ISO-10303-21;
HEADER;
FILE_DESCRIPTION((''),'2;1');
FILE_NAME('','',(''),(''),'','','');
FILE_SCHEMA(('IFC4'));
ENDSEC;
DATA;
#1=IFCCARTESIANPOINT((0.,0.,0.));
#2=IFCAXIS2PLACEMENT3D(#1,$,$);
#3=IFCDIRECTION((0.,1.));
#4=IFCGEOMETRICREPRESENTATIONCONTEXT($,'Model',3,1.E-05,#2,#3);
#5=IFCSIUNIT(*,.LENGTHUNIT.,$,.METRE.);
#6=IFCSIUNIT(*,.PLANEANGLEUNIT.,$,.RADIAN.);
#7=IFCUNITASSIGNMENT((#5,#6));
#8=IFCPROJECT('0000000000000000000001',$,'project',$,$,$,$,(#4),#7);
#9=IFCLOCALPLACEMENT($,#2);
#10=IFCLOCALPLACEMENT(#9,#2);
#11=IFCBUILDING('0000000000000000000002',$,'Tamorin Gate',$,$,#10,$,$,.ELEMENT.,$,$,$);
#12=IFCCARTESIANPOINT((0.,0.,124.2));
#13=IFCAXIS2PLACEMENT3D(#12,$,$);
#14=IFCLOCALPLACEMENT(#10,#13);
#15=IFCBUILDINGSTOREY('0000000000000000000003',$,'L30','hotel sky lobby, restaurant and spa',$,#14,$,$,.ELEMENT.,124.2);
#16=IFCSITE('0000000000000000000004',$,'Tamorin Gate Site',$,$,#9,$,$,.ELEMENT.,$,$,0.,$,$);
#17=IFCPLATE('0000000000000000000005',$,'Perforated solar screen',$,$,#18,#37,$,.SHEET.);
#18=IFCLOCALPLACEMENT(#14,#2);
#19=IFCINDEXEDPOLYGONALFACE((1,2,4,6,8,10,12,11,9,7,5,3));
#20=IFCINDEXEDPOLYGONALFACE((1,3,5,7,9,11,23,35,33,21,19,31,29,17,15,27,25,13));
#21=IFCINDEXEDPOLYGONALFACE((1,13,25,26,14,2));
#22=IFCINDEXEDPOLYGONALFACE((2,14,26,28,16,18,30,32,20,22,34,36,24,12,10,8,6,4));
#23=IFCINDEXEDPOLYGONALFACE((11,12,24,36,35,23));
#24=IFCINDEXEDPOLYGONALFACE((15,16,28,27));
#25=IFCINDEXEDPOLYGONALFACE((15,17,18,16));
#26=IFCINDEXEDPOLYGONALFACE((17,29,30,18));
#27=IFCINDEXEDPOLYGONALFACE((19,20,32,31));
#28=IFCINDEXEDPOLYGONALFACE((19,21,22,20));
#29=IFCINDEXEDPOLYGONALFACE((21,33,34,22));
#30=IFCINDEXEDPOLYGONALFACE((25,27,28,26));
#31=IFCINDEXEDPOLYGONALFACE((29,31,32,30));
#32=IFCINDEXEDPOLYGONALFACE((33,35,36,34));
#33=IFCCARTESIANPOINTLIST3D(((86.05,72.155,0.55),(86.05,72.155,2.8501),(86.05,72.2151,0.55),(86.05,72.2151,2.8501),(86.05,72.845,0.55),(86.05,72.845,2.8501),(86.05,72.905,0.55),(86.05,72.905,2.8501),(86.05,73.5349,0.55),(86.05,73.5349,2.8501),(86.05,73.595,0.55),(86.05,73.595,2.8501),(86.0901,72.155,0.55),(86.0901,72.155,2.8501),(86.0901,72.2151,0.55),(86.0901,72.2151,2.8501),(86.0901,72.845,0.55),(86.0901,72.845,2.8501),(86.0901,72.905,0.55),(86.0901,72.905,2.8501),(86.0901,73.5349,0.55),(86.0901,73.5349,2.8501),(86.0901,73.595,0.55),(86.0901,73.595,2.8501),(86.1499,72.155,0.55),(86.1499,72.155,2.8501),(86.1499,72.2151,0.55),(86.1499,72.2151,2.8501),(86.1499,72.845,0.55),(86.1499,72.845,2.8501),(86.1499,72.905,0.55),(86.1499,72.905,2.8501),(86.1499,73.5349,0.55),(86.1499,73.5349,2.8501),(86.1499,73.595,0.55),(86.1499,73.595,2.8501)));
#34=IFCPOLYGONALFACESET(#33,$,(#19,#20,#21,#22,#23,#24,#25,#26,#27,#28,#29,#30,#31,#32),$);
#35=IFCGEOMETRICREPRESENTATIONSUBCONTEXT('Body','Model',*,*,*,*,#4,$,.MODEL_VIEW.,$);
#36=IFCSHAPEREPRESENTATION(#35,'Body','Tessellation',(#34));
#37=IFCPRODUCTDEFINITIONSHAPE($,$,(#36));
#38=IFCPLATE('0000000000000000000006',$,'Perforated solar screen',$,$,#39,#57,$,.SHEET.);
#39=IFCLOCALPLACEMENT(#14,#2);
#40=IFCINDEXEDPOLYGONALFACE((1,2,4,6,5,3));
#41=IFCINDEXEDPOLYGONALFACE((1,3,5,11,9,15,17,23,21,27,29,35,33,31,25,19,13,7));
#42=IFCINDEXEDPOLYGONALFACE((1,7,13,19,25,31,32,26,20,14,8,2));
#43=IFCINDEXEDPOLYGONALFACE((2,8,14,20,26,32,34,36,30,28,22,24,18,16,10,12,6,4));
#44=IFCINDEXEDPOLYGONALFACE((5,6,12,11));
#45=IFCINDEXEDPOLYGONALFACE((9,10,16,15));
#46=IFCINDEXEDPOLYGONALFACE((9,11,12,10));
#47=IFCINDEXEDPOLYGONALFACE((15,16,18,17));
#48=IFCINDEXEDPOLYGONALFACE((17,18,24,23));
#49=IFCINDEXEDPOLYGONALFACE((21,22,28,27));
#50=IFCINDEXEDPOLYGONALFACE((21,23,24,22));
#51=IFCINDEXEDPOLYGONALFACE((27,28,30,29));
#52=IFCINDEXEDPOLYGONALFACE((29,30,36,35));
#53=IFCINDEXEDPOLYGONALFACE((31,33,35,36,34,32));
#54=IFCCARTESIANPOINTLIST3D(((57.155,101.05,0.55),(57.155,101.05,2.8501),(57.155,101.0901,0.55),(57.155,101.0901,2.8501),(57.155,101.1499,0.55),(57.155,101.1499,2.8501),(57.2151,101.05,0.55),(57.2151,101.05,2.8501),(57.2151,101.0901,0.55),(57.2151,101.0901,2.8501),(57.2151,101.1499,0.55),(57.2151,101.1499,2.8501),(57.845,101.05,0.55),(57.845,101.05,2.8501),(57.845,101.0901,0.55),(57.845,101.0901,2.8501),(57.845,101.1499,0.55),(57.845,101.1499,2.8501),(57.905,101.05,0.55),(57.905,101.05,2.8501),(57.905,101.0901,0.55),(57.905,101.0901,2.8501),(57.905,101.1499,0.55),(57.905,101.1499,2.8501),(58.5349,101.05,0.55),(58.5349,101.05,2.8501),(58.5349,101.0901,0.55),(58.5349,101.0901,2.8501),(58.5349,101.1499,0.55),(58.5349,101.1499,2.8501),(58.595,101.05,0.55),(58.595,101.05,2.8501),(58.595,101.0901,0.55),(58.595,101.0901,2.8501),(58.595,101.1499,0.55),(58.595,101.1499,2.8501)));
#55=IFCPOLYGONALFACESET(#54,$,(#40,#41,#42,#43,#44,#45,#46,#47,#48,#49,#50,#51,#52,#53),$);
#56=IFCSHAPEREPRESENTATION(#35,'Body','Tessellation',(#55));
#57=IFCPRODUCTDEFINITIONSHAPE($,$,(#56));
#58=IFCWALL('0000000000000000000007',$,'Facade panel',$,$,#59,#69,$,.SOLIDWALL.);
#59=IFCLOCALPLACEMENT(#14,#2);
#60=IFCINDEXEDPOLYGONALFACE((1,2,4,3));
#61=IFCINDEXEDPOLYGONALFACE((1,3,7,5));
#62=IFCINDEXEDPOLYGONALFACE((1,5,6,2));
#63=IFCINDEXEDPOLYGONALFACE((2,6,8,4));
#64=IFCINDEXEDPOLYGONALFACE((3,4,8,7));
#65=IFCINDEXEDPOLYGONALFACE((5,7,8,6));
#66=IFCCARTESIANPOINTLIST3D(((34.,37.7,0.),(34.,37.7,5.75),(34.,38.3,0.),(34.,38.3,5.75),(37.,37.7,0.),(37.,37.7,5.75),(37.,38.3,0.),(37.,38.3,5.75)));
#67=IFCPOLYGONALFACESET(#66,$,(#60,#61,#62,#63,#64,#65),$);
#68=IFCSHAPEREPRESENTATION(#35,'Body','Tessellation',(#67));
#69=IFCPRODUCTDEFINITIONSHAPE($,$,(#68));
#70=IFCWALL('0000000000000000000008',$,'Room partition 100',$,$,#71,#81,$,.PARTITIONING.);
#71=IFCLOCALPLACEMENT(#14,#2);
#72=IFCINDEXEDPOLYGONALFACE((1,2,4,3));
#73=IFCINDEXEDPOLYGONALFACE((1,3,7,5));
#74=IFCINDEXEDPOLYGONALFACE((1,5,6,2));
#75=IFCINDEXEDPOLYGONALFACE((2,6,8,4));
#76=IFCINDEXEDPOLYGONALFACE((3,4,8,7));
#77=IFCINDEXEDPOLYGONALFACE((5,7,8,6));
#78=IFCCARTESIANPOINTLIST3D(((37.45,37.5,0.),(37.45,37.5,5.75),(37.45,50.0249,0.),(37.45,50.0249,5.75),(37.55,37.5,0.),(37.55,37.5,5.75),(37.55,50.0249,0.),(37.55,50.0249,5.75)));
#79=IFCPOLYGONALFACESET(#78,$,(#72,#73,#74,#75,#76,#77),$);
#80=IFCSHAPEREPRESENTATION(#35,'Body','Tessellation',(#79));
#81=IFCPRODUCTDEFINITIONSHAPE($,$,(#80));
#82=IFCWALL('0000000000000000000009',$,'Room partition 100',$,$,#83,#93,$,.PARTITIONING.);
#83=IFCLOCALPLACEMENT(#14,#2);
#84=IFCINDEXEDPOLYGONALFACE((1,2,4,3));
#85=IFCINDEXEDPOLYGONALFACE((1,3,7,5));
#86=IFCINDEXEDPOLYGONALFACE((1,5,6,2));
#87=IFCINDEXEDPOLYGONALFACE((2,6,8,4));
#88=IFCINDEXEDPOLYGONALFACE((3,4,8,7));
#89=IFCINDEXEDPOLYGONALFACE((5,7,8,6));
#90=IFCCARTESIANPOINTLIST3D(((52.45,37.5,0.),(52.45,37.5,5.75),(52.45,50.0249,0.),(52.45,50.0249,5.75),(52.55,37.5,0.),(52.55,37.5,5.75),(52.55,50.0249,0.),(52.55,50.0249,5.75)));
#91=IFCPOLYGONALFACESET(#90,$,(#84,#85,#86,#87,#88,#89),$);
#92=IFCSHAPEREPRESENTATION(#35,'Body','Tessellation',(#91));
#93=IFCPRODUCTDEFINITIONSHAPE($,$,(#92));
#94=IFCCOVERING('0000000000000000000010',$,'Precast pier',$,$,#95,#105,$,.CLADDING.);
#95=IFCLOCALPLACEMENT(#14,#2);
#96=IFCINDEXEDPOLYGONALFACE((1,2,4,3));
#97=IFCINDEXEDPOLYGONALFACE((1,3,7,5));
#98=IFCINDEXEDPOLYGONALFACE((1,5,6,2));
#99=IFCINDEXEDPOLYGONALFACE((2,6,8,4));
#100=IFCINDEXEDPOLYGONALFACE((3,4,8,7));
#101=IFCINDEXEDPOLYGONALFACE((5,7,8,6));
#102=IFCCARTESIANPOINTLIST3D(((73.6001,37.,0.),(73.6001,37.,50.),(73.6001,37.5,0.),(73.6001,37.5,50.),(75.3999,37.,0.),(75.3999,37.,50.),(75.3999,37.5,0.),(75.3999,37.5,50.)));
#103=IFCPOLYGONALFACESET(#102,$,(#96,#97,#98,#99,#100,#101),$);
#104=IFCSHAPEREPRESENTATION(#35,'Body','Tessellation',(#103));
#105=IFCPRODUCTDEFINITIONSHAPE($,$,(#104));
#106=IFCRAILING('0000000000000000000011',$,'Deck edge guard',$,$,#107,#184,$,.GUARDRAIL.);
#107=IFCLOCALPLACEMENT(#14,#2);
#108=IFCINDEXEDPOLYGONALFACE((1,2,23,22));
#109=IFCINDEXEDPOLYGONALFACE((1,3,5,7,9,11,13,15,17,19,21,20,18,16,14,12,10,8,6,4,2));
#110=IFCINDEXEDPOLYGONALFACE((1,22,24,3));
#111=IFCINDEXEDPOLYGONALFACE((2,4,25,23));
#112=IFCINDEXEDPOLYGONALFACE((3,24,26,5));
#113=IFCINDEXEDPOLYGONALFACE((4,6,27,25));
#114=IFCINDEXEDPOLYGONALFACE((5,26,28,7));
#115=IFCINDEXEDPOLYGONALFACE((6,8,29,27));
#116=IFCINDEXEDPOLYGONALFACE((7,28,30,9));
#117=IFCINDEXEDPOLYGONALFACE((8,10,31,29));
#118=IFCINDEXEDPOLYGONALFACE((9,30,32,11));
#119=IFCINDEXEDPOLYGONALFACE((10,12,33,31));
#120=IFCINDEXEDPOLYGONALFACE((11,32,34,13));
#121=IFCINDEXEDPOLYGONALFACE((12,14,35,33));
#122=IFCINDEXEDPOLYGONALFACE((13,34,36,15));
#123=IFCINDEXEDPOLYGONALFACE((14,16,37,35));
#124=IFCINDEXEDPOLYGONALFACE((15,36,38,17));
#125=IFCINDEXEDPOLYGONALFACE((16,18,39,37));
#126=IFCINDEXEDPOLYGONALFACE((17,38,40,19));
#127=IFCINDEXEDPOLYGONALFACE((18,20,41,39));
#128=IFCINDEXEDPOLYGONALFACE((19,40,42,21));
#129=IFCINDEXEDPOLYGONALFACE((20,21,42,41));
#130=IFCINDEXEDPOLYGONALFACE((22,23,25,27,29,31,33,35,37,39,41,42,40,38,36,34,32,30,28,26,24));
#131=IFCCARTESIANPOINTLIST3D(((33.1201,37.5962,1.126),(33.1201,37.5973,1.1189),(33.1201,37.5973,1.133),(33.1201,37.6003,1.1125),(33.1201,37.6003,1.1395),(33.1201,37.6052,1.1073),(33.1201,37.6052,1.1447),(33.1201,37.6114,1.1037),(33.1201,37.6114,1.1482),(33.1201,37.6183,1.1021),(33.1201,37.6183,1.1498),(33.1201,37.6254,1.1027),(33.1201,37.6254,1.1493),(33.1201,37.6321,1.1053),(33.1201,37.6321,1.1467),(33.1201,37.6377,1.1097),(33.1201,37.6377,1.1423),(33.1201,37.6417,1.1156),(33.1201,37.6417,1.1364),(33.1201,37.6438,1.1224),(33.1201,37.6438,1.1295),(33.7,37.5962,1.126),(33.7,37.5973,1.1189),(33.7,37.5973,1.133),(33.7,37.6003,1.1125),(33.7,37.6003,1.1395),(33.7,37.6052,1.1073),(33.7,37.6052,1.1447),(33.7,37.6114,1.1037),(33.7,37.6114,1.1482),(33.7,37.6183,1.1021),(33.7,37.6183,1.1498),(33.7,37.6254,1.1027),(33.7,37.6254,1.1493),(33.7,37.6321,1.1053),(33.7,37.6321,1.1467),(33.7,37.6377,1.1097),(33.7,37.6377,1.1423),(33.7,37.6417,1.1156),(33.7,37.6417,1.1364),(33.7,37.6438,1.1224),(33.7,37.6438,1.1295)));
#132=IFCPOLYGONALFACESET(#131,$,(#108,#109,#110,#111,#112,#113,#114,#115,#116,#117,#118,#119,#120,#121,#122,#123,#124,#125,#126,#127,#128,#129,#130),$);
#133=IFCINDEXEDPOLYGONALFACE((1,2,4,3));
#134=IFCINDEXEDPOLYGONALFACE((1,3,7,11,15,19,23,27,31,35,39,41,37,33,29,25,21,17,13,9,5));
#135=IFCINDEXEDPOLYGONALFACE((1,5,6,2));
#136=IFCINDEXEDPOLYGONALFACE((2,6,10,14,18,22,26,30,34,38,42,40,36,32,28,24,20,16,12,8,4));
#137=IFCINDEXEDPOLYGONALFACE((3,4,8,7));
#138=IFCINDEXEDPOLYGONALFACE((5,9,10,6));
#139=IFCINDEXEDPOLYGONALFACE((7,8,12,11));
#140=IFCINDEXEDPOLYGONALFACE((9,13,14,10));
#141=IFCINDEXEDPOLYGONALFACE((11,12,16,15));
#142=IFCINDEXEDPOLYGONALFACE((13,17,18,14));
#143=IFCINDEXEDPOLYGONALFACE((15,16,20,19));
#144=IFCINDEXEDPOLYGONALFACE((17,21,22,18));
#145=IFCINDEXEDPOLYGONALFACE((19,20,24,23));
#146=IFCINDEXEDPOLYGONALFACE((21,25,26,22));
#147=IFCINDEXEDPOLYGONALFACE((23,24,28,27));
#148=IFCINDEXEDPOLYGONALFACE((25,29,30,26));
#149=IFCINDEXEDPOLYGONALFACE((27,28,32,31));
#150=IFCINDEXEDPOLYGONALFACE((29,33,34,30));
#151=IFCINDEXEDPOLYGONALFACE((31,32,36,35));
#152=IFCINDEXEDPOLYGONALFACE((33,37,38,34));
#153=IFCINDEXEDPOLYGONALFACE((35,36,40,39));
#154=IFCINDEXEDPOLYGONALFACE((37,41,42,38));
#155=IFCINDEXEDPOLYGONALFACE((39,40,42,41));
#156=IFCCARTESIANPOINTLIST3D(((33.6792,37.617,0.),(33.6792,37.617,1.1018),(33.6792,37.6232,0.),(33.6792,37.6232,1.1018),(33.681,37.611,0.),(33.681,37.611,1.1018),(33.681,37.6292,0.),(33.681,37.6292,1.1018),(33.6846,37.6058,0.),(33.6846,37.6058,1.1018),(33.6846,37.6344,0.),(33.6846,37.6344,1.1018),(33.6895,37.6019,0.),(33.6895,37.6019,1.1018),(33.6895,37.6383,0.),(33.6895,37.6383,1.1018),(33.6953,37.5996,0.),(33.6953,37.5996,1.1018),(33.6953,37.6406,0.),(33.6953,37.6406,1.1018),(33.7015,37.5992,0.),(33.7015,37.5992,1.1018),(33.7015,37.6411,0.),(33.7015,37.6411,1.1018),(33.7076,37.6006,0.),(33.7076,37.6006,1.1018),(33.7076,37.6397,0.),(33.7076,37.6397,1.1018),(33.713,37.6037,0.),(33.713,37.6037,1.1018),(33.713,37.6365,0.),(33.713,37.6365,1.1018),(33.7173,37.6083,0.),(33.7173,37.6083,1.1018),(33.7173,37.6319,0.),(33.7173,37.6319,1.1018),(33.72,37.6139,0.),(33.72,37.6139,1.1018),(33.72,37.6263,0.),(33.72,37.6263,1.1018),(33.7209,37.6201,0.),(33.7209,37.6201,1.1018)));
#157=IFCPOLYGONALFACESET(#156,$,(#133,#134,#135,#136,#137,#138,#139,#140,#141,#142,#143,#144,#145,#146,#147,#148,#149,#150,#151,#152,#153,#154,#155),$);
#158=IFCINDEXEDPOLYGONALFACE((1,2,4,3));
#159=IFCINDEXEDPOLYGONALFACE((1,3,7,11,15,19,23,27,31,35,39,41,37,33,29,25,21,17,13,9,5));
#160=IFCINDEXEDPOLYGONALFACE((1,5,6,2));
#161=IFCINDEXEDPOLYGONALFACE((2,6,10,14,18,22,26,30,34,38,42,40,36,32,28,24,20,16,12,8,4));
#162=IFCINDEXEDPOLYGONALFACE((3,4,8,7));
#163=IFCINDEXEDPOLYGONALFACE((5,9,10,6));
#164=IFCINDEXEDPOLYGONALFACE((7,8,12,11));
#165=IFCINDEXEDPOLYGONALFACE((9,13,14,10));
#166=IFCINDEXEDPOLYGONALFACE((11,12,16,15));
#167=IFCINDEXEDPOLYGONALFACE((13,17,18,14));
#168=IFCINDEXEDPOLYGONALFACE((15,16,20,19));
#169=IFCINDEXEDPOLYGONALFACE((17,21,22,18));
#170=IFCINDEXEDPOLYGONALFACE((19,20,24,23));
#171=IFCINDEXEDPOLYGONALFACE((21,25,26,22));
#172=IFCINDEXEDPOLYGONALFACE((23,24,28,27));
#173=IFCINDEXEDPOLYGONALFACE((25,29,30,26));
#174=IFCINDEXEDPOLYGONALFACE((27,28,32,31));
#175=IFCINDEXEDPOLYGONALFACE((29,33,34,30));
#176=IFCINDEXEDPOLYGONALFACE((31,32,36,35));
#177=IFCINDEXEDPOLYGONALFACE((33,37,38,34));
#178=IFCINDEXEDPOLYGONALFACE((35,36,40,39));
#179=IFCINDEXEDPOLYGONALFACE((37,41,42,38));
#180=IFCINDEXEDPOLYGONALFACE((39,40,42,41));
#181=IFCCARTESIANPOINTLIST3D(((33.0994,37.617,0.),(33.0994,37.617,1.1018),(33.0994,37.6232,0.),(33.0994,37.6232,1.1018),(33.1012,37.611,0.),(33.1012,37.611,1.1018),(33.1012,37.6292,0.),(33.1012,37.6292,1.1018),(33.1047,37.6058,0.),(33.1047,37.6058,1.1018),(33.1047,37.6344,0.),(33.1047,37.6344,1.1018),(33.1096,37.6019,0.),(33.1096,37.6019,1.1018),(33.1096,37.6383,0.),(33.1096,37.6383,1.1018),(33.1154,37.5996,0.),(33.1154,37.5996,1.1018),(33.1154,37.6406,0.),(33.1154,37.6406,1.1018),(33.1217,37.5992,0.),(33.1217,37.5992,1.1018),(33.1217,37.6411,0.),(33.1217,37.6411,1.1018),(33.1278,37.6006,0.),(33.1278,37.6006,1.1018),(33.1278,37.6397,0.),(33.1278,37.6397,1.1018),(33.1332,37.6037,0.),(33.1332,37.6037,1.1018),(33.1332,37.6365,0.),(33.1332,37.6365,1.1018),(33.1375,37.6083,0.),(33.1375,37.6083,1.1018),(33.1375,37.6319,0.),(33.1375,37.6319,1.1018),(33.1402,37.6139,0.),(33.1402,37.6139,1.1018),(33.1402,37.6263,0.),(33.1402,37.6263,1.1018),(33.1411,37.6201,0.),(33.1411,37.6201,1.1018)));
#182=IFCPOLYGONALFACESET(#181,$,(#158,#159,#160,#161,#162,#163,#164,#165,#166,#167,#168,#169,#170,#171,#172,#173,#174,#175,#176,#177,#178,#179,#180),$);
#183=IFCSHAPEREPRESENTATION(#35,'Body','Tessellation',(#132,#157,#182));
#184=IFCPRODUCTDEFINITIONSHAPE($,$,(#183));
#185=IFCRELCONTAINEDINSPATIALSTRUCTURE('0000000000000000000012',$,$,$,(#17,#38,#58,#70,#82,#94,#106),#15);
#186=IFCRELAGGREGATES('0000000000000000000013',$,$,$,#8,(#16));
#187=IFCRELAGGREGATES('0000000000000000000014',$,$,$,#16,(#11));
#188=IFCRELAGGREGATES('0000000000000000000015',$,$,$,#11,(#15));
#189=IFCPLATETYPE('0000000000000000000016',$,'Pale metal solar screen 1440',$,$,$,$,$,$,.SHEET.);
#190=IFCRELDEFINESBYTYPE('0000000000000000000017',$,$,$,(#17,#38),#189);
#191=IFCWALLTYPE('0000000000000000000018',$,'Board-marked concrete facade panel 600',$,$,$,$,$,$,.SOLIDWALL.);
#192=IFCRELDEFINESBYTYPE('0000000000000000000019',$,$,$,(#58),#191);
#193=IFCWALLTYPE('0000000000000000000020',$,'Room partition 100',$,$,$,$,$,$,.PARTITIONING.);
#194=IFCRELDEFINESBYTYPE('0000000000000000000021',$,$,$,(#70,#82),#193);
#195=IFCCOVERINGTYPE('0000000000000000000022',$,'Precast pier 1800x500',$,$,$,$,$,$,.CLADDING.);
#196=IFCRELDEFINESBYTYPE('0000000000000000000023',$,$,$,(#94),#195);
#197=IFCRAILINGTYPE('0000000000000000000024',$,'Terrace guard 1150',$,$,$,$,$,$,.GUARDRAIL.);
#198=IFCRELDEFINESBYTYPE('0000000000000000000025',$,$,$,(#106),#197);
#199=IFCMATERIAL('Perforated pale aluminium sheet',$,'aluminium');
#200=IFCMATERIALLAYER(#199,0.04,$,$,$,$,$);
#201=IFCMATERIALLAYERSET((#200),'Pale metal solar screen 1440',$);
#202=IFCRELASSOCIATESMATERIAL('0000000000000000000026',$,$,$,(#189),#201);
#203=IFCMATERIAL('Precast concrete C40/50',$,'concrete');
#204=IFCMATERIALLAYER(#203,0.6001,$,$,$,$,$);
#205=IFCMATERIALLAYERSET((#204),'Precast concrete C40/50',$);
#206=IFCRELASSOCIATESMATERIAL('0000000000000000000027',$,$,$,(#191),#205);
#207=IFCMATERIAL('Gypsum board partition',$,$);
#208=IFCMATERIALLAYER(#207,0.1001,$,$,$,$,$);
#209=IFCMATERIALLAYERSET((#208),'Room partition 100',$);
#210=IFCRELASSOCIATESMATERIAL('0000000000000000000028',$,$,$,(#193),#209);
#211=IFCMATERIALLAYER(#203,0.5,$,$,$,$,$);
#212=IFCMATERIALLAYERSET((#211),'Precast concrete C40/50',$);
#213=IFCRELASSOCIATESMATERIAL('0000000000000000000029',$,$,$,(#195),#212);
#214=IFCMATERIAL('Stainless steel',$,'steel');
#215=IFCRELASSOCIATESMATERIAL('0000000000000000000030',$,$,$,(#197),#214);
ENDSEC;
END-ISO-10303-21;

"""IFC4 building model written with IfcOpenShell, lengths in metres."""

from ifc_helpers import new_model, si_unit, direction, frame, frame_2d, origin, origin_2d, place, context, subcontext, project, spatial, polyline, rectangle, circle, outline, extrude, material, layer, layer_set, type_object, element, save


model = new_model("IFC4")

# Units and contexts
model_context = context("Model", 3, precision=1e-05, world=origin(), true_north=direction((0.0, 1.0)))
body_context = subcontext(model_context, "Body", "Model", "MODEL_VIEW")
ifc_project = project(units=[si_unit("LENGTHUNIT", "METRE"), si_unit("PLANEANGLEUNIT", "RADIAN")], contexts=[model_context])

# Site, building, storey
site_placement = place(None, origin())
site = spatial("IfcSite", under=ifc_project, at=site_placement, Name="Tamorin Gate Site", CompositionType="ELEMENT", RefElevation=0.0)
building_placement = place(site_placement, origin())
building = spatial("IfcBuilding", under=site, at=building_placement, Name="Tamorin Gate", CompositionType="ELEMENT")
storey_placement = place(building_placement, frame((0.0, 0.0, 124.2)))
storey = spatial("IfcBuildingStorey", under=building, at=storey_placement, Name="L30", Description="hotel sky lobby, restaurant and spa", CompositionType="ELEMENT", Elevation=124.2)

# Plates
ifc_material_1 = material(Name="Perforated pale aluminium sheet", Category="aluminium")
ifc_layer_1 = layer(ifc_material_1, 0.04)
ifc_layer_set_1 = layer_set([ifc_layer_1], Name="Pale metal solar screen 1440")
plate_type_1 = type_object("IfcPlateType", Name="Pale metal solar screen 1440", PredefinedType="SHEET", material=ifc_layer_set_1)
plate_1_placement = place(storey_placement, frame((0.0, 0.0, 0.55)))
element("IfcPlate", 1, at=plate_1_placement, inside=storey, type_object=plate_type_1, Name="Perforated solar screen", PredefinedType="SHEET", context=body_context, shape_type="SweptSolid", body=[
    extrude(outline(polyline([(86.0901, 72.155), (86.05, 72.155), (86.05, 72.2151), (86.05, 72.845), (86.05, 72.905), (86.05, 73.5349), (86.05, 73.595), (86.0901, 73.595), (86.1499, 73.595), (86.1499, 73.5349), (86.0901, 73.5349), (86.0901, 72.905), (86.1499, 72.905), (86.1499, 72.845), (86.0901, 72.845), (86.0901, 72.2151), (86.1499, 72.2151), (86.1499, 72.155), (86.0901, 72.155)])), origin(), (0.0, 0.0, 1.0), 2.3),
])
plate_2_placement = place(storey_placement, frame((0.0, 0.0, 0.55)))
element("IfcPlate", 2, at=plate_2_placement, inside=storey, type_object=plate_type_1, Name="Perforated solar screen", PredefinedType="SHEET", context=body_context, shape_type="SweptSolid", body=[
    extrude(outline(polyline([(58.595, 101.0901), (58.595, 101.05), (58.5349, 101.05), (57.905, 101.05), (57.845, 101.05), (57.2151, 101.05), (57.155, 101.05), (57.155, 101.0901), (57.155, 101.1499), (57.2151, 101.1499), (57.2151, 101.0901), (57.845, 101.0901), (57.845, 101.1499), (57.905, 101.1499), (57.905, 101.0901), (58.5349, 101.0901), (58.5349, 101.1499), (58.595, 101.1499), (58.595, 101.0901)])), origin(), (0.0, 0.0, 1.0), 2.3),
])

# Walls
ifc_material_2 = material(Name="Precast concrete C40/50", Category="concrete")
ifc_layer_2 = layer(ifc_material_2, 0.6001)
ifc_layer_set_2 = layer_set([ifc_layer_2], Name="Precast concrete C40/50")
wall_type_1 = type_object("IfcWallType", Name="Board-marked concrete facade panel 600", PredefinedType="SOLIDWALL", material=ifc_layer_set_2)
wall_placement = place(storey_placement, frame((34.0, 38.0, 0.0), z_axis=(0.0, 0.0, 1.0), x_axis=(1.0, 0.0, 0.0)))
element("IfcWall", 3, at=wall_placement, inside=storey, type_object=wall_type_1, Name="Facade panel", PredefinedType="SOLIDWALL", context=body_context, shape_type="SweptSolid", body=[
    extrude(rectangle(XDim=3.0, YDim=0.6001, at=frame_2d((1.5, 0.0))), origin(), (0.0, 0.0, 1.0), 5.75),
])
ifc_material_3 = material(Name="Gypsum board partition")
ifc_layer_3 = layer(ifc_material_3, 0.1001)
ifc_layer_set_3 = layer_set([ifc_layer_3], Name="Room partition 100")
wall_type_2 = type_object("IfcWallType", Name="Room partition 100", PredefinedType="PARTITIONING", material=ifc_layer_set_3)
for number, where, z_axis, x_axis, name in (
    (4, (37.5, 37.5, 0.0), (0.0, 0.0, 1.0), (0.0, 1.0, 0.0), "Room partition 100"),
    (5, (52.5, 37.5, 0.0), (0.0, 0.0, 1.0), (0.0, 1.0, 0.0), "Room partition 100"),
):
    element("IfcWall", number, at=place(storey_placement, frame(where, z_axis=z_axis, x_axis=x_axis)), inside=storey, type_object=wall_type_2, Name=name, PredefinedType="PARTITIONING", context=body_context, shape_type="SweptSolid", body=[
        extrude(rectangle(XDim=12.5249, YDim=0.1001, at=frame_2d((6.2625, 0.0))), origin(), (0.0, 0.0, 1.0), 5.75),
    ])

# Covering
ifc_layer_4 = layer(ifc_material_2, 0.5)
ifc_layer_set_4 = layer_set([ifc_layer_4], Name="Precast concrete C40/50")
covering_type = type_object("IfcCoveringType", Name="Precast pier 1800x500", PredefinedType="CLADDING", material=ifc_layer_set_4)
covering_placement = place(storey_placement, origin())
element("IfcCovering", 6, at=covering_placement, inside=storey, type_object=covering_type, Name="Precast pier", PredefinedType="CLADDING", context=body_context, shape_type="SweptSolid", body=[
    extrude(outline(polyline([(73.6001, 37.5), (75.3999, 37.5), (75.3999, 37.0), (73.6001, 37.0), (73.6001, 37.5)])), origin(), (0.0, 0.0, 1.0), 50.0),
])

# Railing
ifc_material_4 = material(Name="Stainless steel", Category="steel")
railing_type = type_object("IfcRailingType", Name="Terrace guard 1150", PredefinedType="GUARDRAIL", material=ifc_material_4)
railing_1_placement = place(storey_placement, frame((33.7, 37.6201, 0.0)))
element("IfcRailing", 7, at=railing_1_placement, inside=storey, type_object=railing_type, Name="Deck edge guard", PredefinedType="GUARDRAIL", context=body_context, shape_type="SweptSolid", body=[
    extrude(circle(Radius=0.0239, at=origin_2d()), frame((0.0, 0.0, 1.126), z_axis=(-1.0, 0.0, 0.0), x_axis=(0.0, -1.0, 0.0)), (0.0, 0.0, 1.0), 0.5798),
    extrude(circle(Radius=0.021, at=origin_2d()), origin(), (0.0, 0.0, 1.0), 1.1018),
    extrude(circle(Radius=0.021, at=origin_2d()), frame((-0.5798, 0.0, 0.0)), (0.0, 0.0, 1.0), 1.1018),
])

save(model, "model.ifc")
